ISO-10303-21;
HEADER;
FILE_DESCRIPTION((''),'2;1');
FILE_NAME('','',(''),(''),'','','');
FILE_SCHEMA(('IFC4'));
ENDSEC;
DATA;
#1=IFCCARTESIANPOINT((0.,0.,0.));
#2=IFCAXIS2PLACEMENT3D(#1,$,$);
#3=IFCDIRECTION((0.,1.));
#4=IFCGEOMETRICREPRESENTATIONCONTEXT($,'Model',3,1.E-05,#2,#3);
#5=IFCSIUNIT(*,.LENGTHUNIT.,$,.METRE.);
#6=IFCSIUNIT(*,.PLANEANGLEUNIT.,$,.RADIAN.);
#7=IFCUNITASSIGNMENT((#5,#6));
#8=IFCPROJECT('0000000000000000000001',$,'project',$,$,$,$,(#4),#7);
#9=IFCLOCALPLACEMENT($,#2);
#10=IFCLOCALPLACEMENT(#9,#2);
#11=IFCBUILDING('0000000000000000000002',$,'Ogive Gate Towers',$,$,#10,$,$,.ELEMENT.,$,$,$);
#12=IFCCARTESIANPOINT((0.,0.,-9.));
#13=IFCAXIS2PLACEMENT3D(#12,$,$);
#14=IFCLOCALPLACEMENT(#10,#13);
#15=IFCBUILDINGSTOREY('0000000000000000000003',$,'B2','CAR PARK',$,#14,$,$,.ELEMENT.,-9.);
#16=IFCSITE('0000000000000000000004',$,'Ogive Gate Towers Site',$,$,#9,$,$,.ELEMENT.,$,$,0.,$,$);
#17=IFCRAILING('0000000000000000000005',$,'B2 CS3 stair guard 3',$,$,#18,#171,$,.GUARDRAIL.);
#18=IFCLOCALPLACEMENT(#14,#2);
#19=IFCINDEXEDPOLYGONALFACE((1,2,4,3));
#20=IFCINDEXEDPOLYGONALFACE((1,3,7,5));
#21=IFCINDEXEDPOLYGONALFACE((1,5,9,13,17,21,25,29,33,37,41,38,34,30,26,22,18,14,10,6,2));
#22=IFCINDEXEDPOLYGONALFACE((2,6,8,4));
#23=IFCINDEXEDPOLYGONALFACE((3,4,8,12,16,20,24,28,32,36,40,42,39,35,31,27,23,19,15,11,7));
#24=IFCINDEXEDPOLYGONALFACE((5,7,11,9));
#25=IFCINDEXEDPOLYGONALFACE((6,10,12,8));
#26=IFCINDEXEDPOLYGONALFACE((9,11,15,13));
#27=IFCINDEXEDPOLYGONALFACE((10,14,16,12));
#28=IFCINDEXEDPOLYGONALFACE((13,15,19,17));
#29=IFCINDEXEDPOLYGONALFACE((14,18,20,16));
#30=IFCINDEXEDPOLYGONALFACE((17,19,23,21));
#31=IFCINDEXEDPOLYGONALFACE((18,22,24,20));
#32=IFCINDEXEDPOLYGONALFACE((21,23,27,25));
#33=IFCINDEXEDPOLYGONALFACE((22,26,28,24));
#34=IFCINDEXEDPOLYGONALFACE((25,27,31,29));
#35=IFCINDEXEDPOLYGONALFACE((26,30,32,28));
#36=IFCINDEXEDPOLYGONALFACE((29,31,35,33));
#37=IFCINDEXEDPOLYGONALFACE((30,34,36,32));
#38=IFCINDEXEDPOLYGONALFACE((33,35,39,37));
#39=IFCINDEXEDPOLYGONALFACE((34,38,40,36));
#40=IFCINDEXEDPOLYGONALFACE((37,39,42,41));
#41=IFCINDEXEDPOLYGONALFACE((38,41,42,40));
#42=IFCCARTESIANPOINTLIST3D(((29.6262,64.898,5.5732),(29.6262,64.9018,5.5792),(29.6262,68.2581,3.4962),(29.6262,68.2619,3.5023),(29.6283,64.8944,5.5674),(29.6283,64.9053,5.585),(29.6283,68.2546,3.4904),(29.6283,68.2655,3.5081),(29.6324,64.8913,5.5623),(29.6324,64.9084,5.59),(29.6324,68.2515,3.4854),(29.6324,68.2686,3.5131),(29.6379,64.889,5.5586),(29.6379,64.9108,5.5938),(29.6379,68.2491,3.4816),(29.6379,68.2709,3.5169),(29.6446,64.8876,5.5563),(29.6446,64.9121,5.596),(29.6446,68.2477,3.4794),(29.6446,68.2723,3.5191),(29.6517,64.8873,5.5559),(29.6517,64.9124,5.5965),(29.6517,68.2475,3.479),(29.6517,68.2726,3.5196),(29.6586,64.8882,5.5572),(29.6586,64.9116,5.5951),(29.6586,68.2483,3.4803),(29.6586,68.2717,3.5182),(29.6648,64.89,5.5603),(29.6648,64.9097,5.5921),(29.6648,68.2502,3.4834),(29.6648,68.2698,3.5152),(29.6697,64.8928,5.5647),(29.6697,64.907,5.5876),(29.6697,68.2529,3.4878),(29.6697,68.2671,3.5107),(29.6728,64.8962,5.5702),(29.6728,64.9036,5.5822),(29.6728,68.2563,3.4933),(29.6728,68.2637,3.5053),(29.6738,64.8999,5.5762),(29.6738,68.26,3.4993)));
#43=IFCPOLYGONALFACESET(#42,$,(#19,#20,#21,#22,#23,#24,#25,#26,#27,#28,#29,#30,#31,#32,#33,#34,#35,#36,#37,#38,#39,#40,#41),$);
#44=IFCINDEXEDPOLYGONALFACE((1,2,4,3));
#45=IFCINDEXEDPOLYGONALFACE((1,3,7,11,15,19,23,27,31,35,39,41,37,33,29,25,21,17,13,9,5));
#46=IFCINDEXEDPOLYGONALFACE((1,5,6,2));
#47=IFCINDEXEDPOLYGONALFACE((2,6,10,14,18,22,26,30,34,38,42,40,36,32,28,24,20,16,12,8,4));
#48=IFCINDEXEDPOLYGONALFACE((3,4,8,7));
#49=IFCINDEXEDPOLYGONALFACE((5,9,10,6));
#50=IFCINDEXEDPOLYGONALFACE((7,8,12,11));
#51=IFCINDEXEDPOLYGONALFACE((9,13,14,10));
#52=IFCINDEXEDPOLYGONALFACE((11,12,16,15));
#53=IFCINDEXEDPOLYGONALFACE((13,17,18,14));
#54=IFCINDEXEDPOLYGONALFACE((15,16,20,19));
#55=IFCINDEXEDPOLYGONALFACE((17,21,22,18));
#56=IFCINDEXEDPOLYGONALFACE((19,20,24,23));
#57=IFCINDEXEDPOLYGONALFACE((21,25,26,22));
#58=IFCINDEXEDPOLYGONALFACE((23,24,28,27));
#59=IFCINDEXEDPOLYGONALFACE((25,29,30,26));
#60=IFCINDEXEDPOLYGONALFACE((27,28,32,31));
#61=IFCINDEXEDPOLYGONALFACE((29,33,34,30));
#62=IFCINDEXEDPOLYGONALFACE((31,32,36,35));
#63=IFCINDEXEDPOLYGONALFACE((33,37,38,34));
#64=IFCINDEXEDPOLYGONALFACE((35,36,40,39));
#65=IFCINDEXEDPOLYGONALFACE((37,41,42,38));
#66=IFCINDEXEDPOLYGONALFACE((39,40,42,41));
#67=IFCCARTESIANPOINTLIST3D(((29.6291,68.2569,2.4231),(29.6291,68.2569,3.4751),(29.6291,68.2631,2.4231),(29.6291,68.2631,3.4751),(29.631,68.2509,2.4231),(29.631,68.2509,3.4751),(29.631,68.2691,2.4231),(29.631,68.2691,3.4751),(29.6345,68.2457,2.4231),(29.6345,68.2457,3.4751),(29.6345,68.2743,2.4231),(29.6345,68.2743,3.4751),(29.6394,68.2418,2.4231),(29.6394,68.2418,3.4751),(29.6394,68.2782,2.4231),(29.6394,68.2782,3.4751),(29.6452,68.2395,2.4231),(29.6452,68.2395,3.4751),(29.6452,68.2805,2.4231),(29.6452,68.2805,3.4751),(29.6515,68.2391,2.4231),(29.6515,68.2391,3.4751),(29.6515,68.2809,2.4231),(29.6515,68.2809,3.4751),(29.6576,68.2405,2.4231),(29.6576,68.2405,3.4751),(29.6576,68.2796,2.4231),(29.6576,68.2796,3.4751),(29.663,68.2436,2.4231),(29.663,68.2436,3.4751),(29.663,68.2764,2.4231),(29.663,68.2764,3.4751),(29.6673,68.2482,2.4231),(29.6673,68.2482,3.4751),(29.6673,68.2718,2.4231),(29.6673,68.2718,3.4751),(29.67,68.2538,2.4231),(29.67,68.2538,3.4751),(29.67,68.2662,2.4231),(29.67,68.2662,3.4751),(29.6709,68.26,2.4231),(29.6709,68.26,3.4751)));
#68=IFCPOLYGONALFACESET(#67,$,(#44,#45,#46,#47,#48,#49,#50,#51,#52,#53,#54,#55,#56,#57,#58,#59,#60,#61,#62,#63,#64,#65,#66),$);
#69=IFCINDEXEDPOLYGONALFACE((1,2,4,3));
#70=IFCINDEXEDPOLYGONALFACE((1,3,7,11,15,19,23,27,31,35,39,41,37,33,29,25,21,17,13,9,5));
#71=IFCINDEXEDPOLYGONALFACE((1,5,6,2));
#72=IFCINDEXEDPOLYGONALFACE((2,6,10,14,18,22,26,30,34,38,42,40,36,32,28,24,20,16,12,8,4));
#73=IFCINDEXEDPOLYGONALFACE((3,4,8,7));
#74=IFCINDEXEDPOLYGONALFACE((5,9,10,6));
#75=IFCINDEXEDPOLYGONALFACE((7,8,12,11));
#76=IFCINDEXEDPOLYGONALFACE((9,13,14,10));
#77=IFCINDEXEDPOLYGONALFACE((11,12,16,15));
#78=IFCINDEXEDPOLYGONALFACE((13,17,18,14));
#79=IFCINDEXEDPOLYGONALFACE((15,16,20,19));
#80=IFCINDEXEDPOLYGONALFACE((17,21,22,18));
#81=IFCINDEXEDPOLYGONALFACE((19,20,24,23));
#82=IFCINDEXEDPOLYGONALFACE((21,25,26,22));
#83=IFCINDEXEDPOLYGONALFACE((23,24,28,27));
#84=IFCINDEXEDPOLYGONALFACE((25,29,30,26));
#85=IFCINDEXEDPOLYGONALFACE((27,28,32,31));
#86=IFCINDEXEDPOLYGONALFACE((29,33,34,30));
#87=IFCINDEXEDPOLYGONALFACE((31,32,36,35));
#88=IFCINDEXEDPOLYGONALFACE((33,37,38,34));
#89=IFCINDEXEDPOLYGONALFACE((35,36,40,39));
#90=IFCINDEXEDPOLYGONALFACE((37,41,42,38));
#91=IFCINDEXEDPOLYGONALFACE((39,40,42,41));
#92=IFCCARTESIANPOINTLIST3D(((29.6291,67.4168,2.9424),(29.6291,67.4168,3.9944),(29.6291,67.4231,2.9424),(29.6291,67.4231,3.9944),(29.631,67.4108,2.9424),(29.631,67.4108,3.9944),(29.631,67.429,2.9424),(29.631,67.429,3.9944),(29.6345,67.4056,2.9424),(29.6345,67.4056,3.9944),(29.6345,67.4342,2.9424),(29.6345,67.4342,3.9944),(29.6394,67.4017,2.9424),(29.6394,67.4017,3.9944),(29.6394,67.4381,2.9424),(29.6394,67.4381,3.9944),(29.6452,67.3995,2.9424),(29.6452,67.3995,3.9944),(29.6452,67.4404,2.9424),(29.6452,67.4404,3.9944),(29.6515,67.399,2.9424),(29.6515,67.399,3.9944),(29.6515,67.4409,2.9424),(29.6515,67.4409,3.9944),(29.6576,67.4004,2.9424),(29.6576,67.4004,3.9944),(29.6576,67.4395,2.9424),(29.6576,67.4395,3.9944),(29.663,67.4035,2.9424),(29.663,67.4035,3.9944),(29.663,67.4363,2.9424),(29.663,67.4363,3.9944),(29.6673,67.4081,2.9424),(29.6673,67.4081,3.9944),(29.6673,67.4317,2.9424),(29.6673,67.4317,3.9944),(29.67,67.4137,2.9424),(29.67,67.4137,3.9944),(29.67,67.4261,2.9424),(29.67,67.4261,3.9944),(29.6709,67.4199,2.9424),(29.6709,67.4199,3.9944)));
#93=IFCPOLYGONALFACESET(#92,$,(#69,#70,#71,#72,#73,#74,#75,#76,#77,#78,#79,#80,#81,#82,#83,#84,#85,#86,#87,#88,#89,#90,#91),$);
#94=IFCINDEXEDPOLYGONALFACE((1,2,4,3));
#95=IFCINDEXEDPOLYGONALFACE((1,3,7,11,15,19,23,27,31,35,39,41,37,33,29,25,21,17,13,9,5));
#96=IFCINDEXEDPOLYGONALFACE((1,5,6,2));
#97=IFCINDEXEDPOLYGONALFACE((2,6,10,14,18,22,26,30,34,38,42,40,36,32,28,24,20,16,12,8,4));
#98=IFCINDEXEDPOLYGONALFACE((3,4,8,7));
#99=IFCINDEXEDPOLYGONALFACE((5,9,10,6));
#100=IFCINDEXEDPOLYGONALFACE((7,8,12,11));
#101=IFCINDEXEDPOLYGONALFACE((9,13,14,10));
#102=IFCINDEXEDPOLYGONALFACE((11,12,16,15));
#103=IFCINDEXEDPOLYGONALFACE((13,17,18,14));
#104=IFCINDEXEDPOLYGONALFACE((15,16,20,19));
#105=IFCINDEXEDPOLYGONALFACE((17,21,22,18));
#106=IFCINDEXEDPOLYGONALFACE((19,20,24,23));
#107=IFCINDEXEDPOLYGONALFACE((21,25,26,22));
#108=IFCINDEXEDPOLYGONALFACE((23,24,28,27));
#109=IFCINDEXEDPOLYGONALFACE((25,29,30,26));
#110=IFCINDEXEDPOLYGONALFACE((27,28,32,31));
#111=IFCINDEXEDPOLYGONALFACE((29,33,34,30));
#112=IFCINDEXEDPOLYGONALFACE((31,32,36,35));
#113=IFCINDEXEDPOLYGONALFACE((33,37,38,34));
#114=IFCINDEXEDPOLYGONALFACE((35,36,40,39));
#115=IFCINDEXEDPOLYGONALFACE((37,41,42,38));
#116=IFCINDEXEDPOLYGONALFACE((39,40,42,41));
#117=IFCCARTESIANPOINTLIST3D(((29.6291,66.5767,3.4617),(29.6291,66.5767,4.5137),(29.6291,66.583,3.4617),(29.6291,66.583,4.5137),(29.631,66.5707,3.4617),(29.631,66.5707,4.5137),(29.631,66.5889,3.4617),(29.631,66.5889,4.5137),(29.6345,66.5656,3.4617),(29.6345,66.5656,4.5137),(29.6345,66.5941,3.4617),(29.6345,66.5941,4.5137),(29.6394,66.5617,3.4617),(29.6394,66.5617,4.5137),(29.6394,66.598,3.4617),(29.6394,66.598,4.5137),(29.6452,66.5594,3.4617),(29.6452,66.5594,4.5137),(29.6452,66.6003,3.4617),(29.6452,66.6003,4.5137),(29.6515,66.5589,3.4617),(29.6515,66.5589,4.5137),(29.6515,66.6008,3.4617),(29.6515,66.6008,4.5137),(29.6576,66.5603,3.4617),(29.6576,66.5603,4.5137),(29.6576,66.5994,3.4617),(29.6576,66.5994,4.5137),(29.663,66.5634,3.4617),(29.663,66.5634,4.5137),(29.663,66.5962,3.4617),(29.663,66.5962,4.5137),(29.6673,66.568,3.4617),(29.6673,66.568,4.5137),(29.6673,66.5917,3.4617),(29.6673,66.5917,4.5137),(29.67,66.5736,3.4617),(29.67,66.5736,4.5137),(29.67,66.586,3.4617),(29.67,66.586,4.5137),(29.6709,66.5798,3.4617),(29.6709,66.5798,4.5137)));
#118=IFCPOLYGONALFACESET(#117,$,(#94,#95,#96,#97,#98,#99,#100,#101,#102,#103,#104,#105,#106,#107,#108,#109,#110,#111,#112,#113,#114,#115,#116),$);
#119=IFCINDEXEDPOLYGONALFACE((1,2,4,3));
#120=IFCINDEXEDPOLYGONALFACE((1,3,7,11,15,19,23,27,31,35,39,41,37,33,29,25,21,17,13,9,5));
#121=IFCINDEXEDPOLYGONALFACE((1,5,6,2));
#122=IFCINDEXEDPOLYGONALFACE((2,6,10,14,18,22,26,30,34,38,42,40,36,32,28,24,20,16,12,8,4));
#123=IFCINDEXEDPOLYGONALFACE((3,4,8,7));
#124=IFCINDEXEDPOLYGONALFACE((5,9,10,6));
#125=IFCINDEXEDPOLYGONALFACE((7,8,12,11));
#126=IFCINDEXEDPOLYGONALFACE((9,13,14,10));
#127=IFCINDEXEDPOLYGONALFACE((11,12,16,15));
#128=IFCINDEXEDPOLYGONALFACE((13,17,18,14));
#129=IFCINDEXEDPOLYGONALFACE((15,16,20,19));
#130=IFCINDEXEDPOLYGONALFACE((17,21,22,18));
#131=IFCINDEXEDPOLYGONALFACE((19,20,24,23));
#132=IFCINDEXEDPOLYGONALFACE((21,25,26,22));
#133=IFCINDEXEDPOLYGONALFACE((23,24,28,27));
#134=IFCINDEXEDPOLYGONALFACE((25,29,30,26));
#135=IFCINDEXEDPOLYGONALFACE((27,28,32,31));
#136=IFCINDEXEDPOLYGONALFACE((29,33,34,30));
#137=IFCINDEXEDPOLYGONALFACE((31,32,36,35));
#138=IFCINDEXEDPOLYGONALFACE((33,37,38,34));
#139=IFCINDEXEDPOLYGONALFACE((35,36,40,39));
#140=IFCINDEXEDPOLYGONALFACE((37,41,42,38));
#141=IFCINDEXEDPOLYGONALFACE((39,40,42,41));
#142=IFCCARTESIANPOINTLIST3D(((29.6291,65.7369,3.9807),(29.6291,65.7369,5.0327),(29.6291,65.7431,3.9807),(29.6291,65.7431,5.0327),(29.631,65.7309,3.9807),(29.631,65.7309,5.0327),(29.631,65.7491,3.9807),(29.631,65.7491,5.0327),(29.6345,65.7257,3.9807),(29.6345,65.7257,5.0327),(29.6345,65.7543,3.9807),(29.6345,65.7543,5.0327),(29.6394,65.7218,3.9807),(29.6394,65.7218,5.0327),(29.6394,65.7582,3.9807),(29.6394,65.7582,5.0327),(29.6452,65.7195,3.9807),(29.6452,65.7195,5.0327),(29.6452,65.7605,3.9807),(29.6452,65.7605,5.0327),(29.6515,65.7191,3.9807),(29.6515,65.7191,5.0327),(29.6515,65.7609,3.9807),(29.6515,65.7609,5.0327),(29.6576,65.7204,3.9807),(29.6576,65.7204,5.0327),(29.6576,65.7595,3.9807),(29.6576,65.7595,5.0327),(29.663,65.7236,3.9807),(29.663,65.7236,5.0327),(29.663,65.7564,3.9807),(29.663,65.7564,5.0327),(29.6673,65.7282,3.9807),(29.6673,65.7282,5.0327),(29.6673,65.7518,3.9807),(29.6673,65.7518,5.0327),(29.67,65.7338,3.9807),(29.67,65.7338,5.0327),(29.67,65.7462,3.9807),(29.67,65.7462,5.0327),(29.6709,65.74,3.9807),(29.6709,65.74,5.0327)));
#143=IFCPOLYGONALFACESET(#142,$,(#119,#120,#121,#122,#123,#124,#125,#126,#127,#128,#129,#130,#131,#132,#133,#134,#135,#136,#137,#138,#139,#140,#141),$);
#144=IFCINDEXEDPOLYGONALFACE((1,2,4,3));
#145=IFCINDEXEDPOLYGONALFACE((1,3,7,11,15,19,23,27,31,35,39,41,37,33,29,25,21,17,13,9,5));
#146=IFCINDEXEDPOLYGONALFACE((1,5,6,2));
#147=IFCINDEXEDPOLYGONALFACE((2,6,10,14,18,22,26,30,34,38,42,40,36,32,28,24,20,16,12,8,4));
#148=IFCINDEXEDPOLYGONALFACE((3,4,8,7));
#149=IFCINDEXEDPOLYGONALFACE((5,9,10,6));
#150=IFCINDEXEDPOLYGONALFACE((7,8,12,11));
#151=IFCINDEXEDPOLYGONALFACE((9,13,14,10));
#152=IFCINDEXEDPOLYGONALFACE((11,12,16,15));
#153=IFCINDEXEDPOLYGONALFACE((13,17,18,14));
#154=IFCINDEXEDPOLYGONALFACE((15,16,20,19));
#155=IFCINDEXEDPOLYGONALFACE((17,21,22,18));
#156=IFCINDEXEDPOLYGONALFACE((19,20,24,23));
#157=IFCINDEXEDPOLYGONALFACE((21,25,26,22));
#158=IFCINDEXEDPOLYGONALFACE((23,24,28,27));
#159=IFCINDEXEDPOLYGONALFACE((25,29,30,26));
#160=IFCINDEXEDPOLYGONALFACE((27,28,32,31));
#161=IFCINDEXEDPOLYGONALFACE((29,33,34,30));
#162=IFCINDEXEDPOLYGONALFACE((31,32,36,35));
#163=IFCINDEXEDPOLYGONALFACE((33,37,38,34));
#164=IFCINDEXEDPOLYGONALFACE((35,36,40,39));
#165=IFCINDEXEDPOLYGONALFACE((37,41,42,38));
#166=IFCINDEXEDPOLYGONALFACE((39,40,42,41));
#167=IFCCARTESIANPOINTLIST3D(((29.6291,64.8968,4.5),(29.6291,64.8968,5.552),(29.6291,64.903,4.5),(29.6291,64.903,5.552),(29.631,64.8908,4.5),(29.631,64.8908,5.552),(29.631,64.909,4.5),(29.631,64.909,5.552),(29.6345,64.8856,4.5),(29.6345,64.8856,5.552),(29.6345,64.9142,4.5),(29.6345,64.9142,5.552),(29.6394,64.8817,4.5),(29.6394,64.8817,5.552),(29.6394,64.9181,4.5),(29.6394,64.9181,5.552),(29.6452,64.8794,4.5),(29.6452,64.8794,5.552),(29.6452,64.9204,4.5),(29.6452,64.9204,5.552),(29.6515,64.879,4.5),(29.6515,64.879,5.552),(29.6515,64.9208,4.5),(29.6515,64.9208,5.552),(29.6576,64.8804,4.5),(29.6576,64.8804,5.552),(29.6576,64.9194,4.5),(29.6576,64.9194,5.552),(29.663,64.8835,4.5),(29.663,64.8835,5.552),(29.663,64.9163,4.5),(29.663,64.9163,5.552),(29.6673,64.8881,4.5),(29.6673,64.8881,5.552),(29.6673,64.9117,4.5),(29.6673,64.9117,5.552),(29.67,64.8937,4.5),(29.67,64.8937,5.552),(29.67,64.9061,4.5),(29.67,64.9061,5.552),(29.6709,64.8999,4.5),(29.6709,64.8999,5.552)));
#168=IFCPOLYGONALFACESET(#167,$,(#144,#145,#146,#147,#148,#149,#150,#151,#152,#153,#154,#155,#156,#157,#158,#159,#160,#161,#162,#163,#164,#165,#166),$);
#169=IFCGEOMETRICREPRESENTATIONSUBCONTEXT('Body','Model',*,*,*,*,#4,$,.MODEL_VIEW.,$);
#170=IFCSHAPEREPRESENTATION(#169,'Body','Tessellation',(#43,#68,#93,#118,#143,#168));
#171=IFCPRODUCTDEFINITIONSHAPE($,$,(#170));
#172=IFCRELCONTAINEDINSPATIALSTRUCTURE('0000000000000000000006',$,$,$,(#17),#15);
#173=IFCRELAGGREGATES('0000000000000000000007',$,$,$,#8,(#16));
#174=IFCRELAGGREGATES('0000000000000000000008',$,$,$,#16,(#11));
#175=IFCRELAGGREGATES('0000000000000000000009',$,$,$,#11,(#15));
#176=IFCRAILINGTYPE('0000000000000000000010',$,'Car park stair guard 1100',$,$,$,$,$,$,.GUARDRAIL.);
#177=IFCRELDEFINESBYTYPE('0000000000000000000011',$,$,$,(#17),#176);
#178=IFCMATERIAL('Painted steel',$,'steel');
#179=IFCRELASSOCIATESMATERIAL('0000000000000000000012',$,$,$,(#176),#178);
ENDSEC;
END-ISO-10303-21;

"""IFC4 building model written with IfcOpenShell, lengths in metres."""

from ifc_helpers import new_model, si_unit, direction, frame, origin, origin_2d, place, context, subcontext, project, spatial, circle, extrude, material, type_object, element, save


model = new_model("IFC4")

# Units and contexts
model_context = context("Model", 3, precision=1e-05, world=origin(), true_north=direction((0.0, 1.0)))
body_context = subcontext(model_context, "Body", "Model", "MODEL_VIEW")
ifc_project = project(units=[si_unit("LENGTHUNIT", "METRE"), si_unit("PLANEANGLEUNIT", "RADIAN")], contexts=[model_context])

# Site, building, storey
site_placement = place(None, origin())
site = spatial("IfcSite", under=ifc_project, at=site_placement, Name="Ogive Gate Towers Site", CompositionType="ELEMENT", RefElevation=0.0)
building_placement = place(site_placement, origin())
building = spatial("IfcBuilding", under=site, at=building_placement, Name="Ogive Gate Towers", CompositionType="ELEMENT")
storey_placement = place(building_placement, frame((0.0, 0.0, -9.0)))
storey = spatial("IfcBuildingStorey", under=building, at=storey_placement, Name="B2", Description="CAR PARK", CompositionType="ELEMENT", Elevation=-9.0)

# Railing
ifc_material_1 = material(Name="Painted steel", Category="steel")
railing_type_1 = type_object("IfcRailingType", Name="Car park stair guard 1100", PredefinedType="GUARDRAIL", material=ifc_material_1)
railing_1_placement = place(storey_placement, frame((29.6499, 68.26, 2.4231)))
element("IfcRailing", 1, at=railing_1_placement, inside=storey, type_object=railing_type_1, Name="B2 CS3 stair guard 3", PredefinedType="GUARDRAIL", context=body_context, shape_type="SweptSolid", body=[
    extrude(circle(Radius=0.0239, at=origin_2d()), frame((0.0, 0.0, 1.0762), z_axis=(0.0, -0.850623, 0.525776), x_axis=(1.0, 0.0, 0.0)), (0.0, 0.0, 1.0), 3.9502),
    extrude(circle(Radius=0.021, at=origin_2d()), origin(), (0.0, 0.0, 1.0), 1.052),
    extrude(circle(Radius=0.021, at=origin_2d()), frame((0.0, -0.8401, 0.5193)), (0.0, 0.0, 1.0), 1.052),
    extrude(circle(Radius=0.021, at=origin_2d()), frame((0.0, -1.6802, 1.0386)), (0.0, 0.0, 1.0), 1.052),
    extrude(circle(Radius=0.021, at=origin_2d()), frame((0.0, -2.52, 1.5576)), (0.0, 0.0, 1.0), 1.052),
    extrude(circle(Radius=0.021, at=origin_2d()), frame((0.0, -3.3601, 2.0769)), (0.0, 0.0, 1.0), 1.052),
])

save(model, "model.ifc")
